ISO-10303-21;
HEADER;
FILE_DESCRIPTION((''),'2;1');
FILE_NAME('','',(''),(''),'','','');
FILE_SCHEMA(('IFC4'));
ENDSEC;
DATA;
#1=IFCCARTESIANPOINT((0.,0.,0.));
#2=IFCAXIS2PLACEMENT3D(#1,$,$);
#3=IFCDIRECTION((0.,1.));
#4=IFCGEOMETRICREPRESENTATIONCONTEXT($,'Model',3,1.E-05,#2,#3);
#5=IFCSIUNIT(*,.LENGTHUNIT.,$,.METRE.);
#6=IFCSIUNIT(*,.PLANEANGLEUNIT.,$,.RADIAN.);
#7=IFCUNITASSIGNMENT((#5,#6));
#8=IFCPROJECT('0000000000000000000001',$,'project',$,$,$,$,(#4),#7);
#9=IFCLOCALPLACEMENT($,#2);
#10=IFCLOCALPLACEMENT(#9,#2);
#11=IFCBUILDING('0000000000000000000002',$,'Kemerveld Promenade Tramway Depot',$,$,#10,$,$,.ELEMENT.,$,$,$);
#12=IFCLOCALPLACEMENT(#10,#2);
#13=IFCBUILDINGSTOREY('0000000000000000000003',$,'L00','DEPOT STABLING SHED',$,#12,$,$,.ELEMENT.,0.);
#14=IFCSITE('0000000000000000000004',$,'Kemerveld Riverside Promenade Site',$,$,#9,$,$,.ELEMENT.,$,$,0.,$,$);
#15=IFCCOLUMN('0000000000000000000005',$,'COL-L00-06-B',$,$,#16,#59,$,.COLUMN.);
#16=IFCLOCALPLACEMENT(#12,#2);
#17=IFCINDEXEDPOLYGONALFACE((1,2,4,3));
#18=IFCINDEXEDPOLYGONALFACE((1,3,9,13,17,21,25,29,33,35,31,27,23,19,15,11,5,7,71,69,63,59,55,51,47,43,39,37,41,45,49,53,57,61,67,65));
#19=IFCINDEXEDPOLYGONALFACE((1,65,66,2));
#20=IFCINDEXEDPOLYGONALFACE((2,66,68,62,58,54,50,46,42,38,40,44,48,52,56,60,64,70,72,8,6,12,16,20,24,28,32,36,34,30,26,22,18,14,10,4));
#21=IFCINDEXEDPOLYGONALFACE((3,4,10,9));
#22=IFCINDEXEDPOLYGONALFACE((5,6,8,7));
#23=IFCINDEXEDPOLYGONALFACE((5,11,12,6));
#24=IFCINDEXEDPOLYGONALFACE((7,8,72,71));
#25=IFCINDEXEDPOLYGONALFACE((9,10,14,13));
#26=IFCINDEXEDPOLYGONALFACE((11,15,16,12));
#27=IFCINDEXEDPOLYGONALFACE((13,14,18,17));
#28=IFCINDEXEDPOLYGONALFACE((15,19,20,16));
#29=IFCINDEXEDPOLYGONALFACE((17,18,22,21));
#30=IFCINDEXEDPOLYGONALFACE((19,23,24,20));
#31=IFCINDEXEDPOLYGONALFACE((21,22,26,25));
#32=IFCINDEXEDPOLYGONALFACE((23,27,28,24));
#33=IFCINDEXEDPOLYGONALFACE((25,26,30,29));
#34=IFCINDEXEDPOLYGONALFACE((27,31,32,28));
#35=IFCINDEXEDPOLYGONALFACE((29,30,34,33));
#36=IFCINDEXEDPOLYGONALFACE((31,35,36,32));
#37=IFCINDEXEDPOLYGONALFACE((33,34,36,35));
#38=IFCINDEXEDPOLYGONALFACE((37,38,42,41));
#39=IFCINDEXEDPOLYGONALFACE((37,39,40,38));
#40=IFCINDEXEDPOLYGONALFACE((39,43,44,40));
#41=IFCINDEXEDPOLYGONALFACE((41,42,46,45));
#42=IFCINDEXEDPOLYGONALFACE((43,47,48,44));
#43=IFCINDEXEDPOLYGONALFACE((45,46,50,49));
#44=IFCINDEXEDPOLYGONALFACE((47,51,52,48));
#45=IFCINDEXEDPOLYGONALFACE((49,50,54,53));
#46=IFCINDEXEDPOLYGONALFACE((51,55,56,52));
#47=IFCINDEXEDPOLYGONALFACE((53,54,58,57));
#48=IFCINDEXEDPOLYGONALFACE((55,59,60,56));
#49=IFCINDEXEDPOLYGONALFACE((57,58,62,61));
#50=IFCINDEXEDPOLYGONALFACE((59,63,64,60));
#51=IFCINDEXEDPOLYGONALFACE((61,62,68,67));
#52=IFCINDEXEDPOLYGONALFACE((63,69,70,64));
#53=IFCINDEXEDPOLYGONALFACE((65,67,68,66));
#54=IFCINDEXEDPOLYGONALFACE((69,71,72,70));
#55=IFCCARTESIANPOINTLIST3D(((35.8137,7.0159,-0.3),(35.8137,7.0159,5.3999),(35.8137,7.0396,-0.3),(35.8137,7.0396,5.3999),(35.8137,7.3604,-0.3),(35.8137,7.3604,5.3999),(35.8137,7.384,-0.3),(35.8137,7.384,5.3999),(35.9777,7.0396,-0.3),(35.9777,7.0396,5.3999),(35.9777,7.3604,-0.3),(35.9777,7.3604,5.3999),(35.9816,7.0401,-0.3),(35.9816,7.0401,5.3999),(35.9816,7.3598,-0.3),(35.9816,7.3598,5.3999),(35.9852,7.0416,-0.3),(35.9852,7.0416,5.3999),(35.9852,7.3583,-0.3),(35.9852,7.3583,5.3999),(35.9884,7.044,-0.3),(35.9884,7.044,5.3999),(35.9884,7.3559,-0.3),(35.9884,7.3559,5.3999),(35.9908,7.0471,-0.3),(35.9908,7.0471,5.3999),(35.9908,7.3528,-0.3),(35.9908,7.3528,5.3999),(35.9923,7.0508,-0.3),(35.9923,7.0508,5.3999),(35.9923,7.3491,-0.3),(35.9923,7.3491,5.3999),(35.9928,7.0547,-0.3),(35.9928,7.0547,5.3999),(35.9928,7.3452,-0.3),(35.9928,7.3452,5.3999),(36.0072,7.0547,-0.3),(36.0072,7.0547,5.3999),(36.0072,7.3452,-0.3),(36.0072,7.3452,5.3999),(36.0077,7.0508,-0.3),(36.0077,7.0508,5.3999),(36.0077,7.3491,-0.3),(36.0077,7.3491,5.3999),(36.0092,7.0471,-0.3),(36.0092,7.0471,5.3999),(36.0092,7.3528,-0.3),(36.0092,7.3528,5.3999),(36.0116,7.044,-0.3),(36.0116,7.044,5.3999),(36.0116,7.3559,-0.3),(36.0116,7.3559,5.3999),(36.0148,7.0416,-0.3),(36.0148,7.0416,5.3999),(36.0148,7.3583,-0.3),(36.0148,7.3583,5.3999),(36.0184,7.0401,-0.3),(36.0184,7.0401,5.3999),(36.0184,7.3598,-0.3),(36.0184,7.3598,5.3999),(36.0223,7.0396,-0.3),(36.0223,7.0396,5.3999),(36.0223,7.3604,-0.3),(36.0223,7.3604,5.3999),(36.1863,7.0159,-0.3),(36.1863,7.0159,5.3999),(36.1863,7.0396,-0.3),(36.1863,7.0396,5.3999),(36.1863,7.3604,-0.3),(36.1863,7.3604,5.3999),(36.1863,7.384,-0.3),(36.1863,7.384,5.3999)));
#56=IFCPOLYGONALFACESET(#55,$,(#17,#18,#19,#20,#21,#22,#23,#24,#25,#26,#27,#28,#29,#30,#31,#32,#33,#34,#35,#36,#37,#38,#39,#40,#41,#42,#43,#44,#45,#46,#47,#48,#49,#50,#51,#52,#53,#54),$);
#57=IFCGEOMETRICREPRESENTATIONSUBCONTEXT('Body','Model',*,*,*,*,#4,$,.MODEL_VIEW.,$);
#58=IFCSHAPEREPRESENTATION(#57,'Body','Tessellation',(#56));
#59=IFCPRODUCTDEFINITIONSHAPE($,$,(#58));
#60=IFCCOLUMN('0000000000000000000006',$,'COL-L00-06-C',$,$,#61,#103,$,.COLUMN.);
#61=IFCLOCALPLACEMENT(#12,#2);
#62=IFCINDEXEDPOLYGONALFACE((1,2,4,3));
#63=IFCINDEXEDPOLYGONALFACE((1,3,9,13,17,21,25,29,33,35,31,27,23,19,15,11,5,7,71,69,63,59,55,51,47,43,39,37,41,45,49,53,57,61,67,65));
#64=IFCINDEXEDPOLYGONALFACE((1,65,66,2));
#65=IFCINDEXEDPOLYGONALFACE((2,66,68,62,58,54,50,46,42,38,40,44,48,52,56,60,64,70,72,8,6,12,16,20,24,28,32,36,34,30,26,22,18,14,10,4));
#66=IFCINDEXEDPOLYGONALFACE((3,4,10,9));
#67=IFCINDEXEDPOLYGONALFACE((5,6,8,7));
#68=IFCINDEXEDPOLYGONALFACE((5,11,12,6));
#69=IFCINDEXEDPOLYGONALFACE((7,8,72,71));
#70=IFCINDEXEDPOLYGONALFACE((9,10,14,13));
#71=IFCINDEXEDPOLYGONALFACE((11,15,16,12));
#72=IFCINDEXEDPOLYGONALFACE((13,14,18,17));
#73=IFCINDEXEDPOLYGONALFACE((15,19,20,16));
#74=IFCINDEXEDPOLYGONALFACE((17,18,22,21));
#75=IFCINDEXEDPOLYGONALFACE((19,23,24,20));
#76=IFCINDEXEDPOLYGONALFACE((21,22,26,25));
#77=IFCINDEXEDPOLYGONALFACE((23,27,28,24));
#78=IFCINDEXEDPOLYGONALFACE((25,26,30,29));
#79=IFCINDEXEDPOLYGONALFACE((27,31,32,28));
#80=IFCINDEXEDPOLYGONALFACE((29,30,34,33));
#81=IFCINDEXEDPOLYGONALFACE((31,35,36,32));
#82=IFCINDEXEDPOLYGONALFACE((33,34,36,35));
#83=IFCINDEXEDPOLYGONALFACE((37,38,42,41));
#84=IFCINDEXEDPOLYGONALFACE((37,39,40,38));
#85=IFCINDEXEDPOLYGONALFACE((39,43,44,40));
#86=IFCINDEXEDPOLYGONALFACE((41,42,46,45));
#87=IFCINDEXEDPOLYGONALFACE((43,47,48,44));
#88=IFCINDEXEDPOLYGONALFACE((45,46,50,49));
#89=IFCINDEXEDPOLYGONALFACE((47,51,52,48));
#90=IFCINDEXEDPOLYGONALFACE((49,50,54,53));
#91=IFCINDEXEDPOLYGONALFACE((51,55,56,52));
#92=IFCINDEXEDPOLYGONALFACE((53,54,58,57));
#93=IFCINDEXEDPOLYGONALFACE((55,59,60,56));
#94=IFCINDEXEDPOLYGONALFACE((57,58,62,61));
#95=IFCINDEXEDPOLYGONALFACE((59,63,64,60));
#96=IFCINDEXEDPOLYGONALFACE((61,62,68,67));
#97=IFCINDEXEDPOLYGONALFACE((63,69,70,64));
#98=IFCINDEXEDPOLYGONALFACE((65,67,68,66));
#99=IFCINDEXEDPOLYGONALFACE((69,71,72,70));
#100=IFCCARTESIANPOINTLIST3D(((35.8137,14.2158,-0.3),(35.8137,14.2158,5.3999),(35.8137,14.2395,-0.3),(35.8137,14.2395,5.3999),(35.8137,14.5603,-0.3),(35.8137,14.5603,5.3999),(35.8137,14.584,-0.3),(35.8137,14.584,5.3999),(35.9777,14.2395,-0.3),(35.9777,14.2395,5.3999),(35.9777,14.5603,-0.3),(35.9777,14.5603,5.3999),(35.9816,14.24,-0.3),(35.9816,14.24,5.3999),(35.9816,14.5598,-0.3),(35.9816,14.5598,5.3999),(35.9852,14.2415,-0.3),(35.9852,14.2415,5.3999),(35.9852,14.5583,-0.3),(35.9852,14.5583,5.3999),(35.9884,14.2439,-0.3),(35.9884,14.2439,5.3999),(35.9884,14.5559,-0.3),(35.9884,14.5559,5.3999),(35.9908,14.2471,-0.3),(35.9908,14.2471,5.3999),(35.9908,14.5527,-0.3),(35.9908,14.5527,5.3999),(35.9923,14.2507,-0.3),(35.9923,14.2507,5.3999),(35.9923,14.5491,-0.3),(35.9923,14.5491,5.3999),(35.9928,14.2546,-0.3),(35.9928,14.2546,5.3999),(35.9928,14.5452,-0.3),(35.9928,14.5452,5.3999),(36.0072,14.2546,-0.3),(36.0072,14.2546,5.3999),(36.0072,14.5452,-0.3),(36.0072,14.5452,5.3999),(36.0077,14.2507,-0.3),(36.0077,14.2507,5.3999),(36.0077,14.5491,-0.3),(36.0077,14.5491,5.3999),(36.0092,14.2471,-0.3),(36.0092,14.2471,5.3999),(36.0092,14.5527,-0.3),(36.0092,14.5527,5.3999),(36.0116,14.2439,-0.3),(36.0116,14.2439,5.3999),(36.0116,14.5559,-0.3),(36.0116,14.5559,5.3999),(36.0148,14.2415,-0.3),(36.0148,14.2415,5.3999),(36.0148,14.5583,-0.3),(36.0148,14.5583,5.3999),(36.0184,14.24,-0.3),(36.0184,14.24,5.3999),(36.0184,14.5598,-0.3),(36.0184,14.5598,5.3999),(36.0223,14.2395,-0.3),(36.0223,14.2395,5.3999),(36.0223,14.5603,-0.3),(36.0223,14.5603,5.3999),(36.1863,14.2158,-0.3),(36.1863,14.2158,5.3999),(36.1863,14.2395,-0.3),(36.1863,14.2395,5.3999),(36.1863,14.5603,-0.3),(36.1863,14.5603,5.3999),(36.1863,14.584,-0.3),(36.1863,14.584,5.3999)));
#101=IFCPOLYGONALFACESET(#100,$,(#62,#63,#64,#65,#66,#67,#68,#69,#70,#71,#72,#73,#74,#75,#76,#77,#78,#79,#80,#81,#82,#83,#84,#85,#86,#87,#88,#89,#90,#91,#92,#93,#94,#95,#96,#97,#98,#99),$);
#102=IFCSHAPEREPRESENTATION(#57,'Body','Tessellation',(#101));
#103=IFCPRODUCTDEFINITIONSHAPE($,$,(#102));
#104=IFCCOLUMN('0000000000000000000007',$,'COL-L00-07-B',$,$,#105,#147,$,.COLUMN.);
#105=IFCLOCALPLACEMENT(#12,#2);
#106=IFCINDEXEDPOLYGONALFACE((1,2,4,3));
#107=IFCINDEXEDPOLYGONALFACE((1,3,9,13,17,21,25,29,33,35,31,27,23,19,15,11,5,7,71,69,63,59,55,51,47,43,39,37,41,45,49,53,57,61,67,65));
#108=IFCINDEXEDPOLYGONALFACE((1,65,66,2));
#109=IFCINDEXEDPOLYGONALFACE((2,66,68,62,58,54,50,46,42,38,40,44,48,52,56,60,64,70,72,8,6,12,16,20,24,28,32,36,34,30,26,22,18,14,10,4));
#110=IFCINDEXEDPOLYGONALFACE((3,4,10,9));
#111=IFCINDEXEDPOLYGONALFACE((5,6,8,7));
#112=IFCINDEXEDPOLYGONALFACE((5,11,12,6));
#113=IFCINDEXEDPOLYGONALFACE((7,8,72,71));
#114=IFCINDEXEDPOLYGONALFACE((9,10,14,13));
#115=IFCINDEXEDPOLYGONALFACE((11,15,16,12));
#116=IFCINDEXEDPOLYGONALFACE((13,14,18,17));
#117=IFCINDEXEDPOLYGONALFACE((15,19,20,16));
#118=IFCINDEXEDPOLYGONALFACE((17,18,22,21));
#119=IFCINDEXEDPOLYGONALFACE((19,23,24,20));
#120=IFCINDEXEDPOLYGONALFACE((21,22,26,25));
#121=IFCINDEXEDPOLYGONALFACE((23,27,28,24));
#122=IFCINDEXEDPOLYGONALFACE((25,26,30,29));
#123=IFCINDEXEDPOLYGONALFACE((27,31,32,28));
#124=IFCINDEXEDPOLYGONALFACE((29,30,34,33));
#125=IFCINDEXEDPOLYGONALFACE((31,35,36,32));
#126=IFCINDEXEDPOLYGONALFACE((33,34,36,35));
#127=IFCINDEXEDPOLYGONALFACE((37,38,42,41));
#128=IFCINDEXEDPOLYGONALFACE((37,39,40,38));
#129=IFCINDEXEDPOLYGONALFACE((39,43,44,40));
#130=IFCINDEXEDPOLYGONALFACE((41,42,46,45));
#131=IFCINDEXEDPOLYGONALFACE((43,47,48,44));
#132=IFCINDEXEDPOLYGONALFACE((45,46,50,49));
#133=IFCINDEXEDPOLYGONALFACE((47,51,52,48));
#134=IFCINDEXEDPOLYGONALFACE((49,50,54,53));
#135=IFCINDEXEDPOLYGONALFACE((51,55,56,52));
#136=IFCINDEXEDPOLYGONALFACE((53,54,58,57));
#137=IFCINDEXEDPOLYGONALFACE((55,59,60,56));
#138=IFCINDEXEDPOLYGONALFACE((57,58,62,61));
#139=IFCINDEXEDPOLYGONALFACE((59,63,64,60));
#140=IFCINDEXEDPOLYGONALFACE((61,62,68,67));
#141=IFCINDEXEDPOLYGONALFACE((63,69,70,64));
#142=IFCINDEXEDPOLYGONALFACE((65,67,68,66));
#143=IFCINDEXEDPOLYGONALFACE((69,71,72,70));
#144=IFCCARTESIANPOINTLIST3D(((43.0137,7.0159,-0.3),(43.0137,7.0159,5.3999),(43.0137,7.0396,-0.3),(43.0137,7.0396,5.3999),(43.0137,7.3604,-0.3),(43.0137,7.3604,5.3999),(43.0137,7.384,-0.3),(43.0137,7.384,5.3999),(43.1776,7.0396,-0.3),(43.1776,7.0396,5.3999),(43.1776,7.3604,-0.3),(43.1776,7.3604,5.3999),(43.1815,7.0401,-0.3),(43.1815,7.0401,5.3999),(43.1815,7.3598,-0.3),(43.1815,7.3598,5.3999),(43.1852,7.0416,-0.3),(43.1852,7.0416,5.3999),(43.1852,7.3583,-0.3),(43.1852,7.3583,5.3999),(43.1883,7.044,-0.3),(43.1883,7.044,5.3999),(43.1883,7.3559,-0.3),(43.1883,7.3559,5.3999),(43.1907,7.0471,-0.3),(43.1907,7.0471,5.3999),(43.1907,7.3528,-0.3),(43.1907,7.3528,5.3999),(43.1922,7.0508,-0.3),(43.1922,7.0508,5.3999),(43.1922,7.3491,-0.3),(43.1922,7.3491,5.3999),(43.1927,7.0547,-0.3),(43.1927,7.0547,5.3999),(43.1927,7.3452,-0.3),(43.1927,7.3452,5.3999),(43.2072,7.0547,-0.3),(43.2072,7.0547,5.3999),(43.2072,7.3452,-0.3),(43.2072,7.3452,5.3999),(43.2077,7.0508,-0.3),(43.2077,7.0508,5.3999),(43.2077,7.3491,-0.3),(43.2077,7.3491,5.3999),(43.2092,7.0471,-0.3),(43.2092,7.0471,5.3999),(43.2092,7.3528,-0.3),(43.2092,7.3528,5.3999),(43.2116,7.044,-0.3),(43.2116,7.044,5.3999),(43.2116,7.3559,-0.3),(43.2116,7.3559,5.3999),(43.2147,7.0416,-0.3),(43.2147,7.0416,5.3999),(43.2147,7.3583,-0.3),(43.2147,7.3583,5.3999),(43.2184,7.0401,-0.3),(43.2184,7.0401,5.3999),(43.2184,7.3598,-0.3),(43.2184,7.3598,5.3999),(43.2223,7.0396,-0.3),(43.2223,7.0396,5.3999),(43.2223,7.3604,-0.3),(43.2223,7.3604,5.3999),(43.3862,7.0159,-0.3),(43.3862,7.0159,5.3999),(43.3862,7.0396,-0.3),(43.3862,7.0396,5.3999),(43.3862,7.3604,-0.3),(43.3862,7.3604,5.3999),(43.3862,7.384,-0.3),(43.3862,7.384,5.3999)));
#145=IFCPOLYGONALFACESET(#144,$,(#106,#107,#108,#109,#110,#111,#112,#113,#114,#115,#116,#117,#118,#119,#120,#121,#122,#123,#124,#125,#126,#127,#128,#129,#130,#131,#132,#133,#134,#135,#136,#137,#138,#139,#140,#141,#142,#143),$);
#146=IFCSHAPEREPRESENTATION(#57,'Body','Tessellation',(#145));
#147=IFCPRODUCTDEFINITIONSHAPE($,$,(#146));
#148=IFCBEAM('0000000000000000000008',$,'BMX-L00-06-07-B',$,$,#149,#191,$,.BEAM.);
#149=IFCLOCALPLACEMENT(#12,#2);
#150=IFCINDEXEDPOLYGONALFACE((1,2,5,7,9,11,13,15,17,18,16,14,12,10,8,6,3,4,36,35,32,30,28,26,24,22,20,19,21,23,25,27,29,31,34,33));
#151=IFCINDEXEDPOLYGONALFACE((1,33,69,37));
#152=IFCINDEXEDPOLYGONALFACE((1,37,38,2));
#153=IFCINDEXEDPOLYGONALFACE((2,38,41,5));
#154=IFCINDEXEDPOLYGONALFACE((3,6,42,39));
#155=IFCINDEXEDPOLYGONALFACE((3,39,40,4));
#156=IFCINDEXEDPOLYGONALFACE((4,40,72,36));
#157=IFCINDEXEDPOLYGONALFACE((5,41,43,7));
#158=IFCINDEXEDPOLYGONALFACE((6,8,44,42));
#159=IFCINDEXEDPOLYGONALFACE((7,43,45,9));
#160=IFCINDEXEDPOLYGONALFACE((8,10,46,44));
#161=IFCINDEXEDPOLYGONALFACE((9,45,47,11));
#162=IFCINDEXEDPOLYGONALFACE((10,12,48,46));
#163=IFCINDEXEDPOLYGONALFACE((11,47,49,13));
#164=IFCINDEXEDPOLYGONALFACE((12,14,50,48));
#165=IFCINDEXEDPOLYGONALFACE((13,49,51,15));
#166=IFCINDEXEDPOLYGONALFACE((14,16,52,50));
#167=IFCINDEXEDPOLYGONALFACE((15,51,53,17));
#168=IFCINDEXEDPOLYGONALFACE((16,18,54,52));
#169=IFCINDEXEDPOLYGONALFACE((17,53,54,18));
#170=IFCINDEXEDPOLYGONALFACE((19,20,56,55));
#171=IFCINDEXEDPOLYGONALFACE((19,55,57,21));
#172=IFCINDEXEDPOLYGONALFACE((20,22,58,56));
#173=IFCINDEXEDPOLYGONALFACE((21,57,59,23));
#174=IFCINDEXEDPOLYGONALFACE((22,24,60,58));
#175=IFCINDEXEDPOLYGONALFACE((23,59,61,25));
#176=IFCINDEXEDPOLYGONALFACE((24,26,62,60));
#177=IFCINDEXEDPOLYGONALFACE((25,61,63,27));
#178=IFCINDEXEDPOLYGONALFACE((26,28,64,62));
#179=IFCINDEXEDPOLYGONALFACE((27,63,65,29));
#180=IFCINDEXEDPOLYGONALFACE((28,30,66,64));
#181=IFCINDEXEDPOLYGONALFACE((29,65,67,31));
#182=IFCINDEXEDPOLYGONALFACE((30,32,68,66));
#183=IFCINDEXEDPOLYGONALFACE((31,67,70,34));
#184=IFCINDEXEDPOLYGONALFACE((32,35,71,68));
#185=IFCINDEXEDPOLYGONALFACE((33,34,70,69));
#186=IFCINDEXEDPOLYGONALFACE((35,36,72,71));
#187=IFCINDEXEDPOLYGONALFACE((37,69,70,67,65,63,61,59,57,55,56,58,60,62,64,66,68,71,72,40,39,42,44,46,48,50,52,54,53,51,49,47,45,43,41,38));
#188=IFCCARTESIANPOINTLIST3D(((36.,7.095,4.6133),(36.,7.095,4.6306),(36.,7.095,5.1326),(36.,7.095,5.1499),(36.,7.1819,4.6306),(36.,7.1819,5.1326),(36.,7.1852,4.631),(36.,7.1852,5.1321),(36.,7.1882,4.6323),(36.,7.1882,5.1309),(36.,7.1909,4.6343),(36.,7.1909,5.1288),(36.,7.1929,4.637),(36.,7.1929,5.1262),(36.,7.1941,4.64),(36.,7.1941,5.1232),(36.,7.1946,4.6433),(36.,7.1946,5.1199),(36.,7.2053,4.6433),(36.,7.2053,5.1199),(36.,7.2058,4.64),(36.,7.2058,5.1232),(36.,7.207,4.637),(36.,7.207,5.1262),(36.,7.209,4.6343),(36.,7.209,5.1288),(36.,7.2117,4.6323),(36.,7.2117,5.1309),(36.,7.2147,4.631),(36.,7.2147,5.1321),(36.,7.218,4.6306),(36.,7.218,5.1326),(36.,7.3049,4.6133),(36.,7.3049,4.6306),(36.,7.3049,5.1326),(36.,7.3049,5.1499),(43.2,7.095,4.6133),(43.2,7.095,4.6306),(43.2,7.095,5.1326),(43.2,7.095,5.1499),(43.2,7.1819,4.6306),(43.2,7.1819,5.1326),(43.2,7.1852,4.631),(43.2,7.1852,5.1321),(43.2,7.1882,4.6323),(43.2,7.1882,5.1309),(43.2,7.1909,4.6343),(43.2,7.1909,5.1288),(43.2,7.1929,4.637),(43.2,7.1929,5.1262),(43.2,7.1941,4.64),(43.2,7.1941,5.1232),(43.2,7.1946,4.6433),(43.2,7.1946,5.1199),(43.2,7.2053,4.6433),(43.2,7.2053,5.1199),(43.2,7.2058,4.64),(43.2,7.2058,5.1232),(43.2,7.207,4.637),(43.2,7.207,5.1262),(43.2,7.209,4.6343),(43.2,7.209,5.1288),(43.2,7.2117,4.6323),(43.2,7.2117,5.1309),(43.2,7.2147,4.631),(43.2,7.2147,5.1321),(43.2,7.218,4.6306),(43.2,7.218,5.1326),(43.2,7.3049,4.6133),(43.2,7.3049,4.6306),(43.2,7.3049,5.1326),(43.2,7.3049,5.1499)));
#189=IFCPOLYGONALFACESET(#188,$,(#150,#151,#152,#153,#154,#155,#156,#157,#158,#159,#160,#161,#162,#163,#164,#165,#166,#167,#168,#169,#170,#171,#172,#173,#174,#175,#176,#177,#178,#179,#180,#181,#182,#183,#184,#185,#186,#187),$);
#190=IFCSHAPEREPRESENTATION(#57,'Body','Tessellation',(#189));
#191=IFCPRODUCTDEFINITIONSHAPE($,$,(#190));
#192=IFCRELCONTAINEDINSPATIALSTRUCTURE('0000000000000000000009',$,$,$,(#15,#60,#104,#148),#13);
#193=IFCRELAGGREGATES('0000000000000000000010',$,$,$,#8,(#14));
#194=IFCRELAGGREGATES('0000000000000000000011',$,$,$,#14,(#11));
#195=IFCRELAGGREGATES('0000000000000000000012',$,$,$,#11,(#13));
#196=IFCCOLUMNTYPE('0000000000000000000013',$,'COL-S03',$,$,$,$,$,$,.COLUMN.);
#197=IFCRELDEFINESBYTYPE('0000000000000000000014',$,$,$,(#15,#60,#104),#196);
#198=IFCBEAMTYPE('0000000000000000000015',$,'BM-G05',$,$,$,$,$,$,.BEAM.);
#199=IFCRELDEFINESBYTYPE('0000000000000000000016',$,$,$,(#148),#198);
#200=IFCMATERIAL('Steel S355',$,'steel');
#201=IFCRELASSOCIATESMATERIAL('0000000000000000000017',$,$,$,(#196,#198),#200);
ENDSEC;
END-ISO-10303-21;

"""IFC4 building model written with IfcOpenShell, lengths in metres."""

from ifc_helpers import new_model, si_unit, direction, frame, origin, origin_2d, place, context, subcontext, project, spatial, i_section, extrude, material, material_profile, profile_set, type_object, element, save


model = new_model("IFC4")

# Units and contexts
model_context = context("Model", 3, precision=1e-05, world=origin(), true_north=direction((0.0, 1.0)))
body_context = subcontext(model_context, "Body", "Model", "MODEL_VIEW")
ifc_project = project(units=[si_unit("LENGTHUNIT", "METRE"), si_unit("PLANEANGLEUNIT", "RADIAN")], contexts=[model_context])

# Site, building, storey
site_placement = place(None, origin())
site = spatial("IfcSite", under=ifc_project, at=site_placement, Name="Kemerveld Riverside Promenade Site", CompositionType="ELEMENT", RefElevation=0.0)
building_placement = place(site_placement, origin())
building = spatial("IfcBuilding", under=site, at=building_placement, Name="Kemerveld Promenade Tramway Depot", CompositionType="ELEMENT")
storey_placement = place(building_placement, origin())
storey = spatial("IfcBuildingStorey", under=building, at=storey_placement, Name="L00", Description="DEPOT STABLING SHED", CompositionType="ELEMENT", Elevation=0.0)

# Columns
ifc_material_1 = material(Name="Steel S355", Category="steel")
ifc_material_profile_1 = material_profile(ifc_material_1, i_section(OverallWidth=0.3726, OverallDepth=0.3682, WebThickness=0.0144, FlangeThickness=0.0237, FilletRadius=0.0151, at=origin_2d()), Name="356x368x177 UC")
ifc_profile_set_1 = profile_set([ifc_material_profile_1], Name="Steel S355")
column_type = type_object("IfcColumnType", Name="COL-S03", PredefinedType="COLUMN", material=ifc_profile_set_1)
for number, where, z_axis, x_axis, name in (
    (1, (36.0, 7.2, -0.3), (0.0, 0.0, 1.0), (1.0, 0.0, 0.0), "COL-L00-06-B"),
    (2, (36.0, 14.3999, -0.3), (0.0, 0.0, 1.0), (1.0, 0.0, 0.0), "COL-L00-06-C"),
    (3, (43.2, 7.2, -0.3), (0.0, 0.0, 1.0), (1.0, 0.0, 0.0), "COL-L00-07-B"),
):
    element("IfcColumn", number, at=place(storey_placement, frame(where, z_axis=z_axis, x_axis=x_axis)), inside=storey, type_object=column_type, Name=name, PredefinedType="COLUMN", context=body_context, shape_type="SweptSolid", body=[
        extrude(i_section(OverallWidth=0.3726, OverallDepth=0.3682, WebThickness=0.0144, FlangeThickness=0.0237, FilletRadius=0.0151, at=origin_2d()), origin(), (0.0, 0.0, 1.0), 5.7),
    ])

# Beam
ifc_material_profile_2 = material_profile(ifc_material_1, i_section(OverallWidth=0.21, OverallDepth=0.5366, WebThickness=0.0107, FlangeThickness=0.0173, FilletRadius=0.0127, at=origin_2d()), Name="533x210x101 UB")
ifc_profile_set_2 = profile_set([ifc_material_profile_2], Name="Steel S355")
beam_type_1 = type_object("IfcBeamType", Name="BM-G05", PredefinedType="BEAM", material=ifc_profile_set_2)
for number, where, z_axis, x_axis, name in (
    (4, (36.0, 7.2, 4.8816), (1.0, 0.0, 0.0), (0.0, 1.0, 0.0), "BMX-L00-06-07-B"),
):
    element("IfcBeam", number, at=place(storey_placement, frame(where, z_axis=z_axis, x_axis=x_axis)), inside=storey, type_object=beam_type_1, Name=name, PredefinedType="BEAM", context=body_context, shape_type="SweptSolid", body=[
        extrude(i_section(OverallWidth=0.21, OverallDepth=0.5366, WebThickness=0.0107, FlangeThickness=0.0173, FilletRadius=0.0127, at=origin_2d()), origin(), (0.0, 0.0, 1.0), 7.2),
    ])

save(model, "model.ifc")
